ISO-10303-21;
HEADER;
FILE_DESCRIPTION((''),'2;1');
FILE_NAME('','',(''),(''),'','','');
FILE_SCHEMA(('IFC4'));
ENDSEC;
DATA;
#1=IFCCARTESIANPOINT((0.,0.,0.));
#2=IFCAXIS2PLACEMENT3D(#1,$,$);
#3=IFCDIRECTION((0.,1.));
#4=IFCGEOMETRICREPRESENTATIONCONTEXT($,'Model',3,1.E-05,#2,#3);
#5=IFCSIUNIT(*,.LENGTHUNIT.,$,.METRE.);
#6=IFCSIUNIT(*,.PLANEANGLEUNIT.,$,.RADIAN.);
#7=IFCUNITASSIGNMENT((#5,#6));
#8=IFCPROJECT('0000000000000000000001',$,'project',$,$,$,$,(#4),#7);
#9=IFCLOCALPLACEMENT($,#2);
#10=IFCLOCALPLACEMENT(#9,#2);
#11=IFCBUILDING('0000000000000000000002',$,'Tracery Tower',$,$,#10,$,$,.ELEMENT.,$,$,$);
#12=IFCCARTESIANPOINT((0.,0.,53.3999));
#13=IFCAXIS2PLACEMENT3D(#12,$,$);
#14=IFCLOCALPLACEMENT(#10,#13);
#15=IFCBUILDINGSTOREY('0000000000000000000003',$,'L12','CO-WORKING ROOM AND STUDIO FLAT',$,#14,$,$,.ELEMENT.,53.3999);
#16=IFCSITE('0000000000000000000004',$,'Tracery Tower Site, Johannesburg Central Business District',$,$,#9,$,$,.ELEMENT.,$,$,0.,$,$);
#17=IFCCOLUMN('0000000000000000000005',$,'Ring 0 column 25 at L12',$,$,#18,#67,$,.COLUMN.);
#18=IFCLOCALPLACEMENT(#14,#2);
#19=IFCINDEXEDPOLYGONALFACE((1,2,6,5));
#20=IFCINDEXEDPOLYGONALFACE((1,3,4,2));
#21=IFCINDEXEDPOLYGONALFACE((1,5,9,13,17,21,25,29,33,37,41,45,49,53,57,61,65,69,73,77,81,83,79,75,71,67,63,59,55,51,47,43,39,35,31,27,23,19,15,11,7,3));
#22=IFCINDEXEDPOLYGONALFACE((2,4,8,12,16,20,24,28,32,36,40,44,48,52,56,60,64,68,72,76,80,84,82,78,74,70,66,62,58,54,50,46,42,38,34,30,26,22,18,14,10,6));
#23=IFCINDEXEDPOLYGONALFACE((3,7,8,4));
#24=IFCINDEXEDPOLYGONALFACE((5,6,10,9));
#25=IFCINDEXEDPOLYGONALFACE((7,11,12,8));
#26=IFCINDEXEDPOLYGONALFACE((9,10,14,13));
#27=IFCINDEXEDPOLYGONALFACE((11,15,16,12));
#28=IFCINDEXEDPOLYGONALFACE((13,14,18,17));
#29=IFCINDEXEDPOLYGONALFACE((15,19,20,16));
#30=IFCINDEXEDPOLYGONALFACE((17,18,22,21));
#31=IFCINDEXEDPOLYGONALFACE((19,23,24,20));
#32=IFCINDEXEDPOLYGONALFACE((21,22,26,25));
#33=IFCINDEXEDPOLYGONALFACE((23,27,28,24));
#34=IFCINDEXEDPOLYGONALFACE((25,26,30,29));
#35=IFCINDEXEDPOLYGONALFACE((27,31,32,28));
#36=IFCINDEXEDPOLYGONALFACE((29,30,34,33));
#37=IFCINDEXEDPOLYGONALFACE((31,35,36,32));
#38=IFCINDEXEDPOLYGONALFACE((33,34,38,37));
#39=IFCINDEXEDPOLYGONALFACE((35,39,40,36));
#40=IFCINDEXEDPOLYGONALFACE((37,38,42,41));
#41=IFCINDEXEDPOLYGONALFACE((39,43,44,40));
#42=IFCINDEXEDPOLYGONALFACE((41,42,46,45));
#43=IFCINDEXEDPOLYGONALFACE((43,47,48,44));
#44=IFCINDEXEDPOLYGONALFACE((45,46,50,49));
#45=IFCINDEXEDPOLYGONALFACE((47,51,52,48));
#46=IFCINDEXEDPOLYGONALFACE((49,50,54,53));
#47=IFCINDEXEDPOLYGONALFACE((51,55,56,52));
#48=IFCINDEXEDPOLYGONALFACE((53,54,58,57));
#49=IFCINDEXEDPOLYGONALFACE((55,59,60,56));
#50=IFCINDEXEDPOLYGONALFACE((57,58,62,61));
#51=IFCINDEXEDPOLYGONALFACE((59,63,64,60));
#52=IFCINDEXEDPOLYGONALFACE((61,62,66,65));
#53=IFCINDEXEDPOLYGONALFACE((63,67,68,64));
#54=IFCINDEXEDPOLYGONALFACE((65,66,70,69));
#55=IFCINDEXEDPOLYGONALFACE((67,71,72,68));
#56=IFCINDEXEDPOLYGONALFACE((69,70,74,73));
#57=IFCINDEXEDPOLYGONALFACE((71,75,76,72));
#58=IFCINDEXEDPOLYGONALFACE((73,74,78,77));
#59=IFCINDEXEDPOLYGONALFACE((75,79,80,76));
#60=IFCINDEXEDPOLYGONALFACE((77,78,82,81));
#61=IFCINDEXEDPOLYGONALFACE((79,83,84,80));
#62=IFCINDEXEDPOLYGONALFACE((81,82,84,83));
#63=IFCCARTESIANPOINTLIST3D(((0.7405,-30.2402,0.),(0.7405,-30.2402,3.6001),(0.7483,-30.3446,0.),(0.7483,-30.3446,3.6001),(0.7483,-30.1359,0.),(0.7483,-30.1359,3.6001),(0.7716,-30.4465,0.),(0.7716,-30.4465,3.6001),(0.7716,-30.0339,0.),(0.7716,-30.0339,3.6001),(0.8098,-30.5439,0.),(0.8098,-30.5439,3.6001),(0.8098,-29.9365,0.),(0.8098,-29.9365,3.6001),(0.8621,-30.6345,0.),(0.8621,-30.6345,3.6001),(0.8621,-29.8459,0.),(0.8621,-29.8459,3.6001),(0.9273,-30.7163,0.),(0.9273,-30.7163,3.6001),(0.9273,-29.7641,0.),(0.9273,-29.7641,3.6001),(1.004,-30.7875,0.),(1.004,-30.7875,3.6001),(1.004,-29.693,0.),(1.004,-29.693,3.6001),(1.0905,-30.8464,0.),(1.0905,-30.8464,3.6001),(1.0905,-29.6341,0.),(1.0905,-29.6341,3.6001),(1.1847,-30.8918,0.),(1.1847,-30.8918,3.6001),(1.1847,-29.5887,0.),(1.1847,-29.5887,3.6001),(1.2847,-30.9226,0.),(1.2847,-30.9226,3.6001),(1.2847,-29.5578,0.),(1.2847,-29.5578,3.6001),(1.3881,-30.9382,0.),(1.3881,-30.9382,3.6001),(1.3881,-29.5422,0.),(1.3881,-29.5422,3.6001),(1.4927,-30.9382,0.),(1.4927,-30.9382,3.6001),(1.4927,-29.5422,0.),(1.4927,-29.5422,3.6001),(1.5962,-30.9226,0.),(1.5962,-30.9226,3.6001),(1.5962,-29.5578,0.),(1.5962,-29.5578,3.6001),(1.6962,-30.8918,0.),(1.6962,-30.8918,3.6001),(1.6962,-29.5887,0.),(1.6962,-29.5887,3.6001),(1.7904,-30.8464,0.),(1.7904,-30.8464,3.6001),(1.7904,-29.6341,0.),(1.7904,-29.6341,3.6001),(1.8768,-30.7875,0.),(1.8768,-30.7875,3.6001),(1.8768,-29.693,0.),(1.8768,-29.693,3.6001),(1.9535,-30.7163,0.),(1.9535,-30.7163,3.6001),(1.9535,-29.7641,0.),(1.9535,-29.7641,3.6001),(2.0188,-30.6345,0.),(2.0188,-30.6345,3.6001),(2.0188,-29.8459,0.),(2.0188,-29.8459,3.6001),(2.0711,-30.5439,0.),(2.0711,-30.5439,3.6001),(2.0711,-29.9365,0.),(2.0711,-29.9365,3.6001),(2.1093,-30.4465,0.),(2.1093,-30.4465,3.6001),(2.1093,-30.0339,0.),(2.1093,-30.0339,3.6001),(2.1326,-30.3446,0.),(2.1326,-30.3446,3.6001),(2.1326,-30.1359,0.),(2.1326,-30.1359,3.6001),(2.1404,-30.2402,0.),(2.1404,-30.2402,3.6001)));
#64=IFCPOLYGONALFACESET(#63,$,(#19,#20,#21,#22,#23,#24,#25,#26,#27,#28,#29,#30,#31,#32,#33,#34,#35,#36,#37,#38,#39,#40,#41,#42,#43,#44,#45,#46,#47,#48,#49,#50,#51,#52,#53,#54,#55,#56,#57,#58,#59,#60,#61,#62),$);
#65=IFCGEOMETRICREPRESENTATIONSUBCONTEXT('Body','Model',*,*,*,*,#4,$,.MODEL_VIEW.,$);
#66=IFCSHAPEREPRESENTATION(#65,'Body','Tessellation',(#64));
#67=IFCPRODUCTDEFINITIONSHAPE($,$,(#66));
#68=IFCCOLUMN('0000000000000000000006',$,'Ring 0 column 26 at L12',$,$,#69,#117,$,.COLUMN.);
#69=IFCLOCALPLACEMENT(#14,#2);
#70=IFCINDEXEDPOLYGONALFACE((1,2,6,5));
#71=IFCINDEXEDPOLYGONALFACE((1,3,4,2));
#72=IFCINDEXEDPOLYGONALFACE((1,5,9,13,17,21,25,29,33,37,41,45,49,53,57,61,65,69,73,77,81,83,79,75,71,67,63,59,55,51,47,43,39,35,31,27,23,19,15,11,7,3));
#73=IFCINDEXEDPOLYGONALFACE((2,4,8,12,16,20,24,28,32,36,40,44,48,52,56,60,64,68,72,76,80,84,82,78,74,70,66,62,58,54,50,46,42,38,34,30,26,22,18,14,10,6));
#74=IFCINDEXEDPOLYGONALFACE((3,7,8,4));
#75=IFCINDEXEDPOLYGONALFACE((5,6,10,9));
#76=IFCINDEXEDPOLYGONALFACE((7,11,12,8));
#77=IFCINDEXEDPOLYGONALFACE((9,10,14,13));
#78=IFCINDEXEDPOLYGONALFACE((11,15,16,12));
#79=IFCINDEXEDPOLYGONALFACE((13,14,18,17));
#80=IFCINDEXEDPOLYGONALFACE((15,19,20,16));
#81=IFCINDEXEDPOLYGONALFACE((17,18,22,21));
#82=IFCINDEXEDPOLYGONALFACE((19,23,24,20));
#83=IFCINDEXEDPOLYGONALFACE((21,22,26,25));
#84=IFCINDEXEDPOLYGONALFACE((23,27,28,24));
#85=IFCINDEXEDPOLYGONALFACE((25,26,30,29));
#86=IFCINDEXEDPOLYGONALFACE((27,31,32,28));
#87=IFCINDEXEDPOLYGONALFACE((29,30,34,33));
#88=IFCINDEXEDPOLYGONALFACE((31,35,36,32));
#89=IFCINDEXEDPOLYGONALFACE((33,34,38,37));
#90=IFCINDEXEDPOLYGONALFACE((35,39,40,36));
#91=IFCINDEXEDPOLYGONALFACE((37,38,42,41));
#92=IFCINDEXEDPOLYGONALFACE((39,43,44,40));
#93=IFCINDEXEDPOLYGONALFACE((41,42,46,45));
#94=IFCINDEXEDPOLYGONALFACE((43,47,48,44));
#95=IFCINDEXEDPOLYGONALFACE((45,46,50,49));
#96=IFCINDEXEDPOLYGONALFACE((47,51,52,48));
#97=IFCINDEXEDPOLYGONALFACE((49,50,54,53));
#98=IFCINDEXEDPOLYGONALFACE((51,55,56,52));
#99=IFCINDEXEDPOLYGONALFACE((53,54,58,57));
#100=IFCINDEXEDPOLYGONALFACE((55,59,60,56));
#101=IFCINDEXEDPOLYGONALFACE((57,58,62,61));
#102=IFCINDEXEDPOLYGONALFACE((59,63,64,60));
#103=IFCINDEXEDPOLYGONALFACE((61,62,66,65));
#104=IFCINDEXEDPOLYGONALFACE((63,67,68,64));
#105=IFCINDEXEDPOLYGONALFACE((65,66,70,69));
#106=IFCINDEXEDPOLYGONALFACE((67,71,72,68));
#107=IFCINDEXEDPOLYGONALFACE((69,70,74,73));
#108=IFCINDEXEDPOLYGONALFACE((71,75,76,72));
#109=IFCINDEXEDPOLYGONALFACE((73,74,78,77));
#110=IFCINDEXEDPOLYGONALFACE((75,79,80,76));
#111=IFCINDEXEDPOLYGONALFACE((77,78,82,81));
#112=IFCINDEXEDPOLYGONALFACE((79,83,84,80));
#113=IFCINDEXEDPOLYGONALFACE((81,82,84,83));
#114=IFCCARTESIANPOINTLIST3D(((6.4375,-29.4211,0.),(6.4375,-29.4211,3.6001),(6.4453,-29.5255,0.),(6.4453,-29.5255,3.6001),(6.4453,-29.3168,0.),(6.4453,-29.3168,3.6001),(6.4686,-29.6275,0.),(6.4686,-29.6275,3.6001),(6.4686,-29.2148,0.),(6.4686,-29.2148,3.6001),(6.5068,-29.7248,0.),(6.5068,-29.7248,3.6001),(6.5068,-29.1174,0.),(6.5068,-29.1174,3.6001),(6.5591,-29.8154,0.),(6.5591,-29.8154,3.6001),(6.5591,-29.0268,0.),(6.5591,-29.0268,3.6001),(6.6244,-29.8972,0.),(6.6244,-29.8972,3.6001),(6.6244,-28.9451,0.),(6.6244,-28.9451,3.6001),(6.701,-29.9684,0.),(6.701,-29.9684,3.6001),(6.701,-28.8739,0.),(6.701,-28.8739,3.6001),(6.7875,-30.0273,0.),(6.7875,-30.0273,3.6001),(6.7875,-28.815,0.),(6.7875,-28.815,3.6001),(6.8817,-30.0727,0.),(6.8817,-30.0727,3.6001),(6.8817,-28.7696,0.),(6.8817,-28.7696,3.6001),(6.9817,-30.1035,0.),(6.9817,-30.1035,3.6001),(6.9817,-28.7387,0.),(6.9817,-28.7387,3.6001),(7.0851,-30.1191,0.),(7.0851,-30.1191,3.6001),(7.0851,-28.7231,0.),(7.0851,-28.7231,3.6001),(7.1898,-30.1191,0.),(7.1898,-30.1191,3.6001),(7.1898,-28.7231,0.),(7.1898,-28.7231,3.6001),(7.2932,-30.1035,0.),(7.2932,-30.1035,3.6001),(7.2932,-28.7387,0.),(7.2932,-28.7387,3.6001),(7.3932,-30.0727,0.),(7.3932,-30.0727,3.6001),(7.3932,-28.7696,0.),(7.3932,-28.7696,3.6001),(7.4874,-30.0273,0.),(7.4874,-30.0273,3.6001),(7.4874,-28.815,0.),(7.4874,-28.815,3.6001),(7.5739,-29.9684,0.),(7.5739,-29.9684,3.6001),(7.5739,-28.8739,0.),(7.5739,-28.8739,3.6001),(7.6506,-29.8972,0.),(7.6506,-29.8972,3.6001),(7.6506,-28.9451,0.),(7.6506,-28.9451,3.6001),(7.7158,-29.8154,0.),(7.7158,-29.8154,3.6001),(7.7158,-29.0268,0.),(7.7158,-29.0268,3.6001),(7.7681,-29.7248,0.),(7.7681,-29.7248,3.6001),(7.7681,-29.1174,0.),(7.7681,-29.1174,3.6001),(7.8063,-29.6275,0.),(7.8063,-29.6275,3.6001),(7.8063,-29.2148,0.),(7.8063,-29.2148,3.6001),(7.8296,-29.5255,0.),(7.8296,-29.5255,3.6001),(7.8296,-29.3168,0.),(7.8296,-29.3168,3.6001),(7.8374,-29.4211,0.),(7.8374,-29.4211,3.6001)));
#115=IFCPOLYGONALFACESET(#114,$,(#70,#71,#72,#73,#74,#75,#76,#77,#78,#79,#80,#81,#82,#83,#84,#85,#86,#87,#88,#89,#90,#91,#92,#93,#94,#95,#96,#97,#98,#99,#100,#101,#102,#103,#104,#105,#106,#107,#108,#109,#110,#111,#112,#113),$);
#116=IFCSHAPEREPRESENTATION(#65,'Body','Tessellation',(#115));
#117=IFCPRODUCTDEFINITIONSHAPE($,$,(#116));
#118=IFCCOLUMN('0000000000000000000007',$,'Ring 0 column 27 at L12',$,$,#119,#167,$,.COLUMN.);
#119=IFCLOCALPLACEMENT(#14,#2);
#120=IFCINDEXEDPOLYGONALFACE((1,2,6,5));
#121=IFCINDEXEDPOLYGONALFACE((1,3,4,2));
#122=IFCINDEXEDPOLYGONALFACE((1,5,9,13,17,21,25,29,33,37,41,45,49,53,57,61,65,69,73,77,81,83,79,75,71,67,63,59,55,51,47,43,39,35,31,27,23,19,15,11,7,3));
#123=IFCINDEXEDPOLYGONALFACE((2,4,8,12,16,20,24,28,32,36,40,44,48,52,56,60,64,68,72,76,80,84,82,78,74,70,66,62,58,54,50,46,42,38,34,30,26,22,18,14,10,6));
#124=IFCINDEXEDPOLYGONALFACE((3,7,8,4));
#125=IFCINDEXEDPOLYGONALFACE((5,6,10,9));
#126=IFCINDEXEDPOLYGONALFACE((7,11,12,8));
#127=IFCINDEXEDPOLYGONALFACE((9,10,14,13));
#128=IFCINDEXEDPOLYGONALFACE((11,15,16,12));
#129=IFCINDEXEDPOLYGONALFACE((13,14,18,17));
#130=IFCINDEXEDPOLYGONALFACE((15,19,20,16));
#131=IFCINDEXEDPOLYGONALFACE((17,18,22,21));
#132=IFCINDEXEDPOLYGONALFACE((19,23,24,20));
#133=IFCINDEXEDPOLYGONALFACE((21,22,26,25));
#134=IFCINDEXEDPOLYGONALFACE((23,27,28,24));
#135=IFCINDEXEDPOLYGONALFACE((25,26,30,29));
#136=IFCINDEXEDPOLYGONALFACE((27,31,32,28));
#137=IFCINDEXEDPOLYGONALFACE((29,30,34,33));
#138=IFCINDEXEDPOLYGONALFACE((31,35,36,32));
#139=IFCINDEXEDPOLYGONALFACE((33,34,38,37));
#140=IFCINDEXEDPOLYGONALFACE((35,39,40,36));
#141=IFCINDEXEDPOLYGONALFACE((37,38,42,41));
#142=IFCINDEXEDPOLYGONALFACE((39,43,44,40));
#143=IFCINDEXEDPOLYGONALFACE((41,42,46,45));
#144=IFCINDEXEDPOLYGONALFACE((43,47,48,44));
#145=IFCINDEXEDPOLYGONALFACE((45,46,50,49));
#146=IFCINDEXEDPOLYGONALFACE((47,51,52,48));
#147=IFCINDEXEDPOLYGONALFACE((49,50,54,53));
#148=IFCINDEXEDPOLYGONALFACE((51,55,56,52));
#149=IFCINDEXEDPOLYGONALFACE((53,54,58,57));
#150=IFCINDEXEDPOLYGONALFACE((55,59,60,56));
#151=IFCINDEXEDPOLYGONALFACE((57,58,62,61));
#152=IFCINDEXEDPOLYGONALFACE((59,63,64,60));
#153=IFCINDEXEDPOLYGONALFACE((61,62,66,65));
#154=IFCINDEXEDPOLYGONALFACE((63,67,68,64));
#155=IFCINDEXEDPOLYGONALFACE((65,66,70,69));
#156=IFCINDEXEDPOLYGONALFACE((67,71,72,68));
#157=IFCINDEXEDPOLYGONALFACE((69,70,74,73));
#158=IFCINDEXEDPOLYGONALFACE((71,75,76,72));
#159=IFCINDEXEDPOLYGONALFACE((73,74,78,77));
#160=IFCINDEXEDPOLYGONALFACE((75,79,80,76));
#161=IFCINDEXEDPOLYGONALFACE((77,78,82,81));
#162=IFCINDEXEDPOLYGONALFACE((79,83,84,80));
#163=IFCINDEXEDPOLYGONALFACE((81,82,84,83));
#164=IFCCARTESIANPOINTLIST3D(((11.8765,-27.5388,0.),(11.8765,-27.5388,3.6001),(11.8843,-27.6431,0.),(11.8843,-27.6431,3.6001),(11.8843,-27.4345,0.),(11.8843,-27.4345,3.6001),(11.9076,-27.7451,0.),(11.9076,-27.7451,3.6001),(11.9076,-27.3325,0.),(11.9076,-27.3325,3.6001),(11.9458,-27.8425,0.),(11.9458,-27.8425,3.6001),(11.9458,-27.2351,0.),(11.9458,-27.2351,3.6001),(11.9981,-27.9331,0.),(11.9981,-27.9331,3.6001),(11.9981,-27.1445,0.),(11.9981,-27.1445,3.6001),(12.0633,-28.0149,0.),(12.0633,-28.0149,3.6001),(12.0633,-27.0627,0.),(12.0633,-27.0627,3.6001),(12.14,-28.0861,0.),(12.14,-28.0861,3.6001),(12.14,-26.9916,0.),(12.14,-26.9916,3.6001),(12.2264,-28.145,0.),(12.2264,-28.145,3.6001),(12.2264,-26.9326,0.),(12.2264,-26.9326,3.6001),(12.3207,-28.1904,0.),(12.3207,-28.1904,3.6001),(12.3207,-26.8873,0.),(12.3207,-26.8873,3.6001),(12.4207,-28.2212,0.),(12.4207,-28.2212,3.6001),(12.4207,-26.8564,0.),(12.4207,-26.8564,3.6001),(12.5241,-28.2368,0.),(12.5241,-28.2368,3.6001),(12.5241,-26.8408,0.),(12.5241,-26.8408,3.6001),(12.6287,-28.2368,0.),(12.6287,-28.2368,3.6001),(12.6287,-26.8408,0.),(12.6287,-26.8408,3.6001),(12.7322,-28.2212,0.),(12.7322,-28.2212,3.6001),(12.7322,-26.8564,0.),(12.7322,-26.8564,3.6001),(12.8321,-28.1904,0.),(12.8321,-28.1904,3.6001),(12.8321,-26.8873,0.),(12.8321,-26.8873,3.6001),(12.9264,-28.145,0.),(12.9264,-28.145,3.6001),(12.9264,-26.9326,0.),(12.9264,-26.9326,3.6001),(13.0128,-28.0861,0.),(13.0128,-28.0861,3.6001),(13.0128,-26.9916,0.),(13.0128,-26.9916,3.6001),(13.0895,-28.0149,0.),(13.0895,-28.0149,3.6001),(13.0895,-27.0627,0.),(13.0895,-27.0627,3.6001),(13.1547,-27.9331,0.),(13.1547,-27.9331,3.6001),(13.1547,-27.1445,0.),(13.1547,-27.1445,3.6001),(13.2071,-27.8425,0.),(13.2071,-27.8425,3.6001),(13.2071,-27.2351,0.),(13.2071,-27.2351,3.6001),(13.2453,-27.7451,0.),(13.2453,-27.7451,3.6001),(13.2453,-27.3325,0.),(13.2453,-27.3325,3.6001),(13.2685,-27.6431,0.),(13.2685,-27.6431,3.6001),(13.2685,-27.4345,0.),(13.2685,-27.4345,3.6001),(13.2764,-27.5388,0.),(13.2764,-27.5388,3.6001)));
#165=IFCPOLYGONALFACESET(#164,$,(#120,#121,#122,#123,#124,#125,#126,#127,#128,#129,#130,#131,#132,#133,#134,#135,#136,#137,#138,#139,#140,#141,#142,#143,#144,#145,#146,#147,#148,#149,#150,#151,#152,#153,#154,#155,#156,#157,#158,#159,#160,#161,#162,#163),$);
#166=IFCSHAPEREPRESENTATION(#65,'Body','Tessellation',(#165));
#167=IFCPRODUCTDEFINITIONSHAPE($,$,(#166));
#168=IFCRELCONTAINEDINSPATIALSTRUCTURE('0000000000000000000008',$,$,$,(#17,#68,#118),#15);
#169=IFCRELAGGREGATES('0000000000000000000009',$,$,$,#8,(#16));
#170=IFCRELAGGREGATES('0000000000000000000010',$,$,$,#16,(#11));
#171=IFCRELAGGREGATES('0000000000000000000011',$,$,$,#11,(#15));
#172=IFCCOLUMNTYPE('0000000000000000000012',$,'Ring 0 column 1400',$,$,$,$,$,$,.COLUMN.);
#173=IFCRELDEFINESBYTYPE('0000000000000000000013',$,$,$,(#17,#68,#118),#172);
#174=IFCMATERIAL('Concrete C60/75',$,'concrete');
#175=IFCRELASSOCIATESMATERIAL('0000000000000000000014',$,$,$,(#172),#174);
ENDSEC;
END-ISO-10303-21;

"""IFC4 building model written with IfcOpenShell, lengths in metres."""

from ifc_helpers import new_model, si_unit, direction, frame, origin, origin_2d, place, context, subcontext, project, spatial, circle, extrude, material, material_profile, profile_set, type_object, element, save


model = new_model("IFC4")

# Units and contexts
model_context = context("Model", 3, precision=1e-05, world=origin(), true_north=direction((0.0, 1.0)))
body_context = subcontext(model_context, "Body", "Model", "MODEL_VIEW")
ifc_project = project(units=[si_unit("LENGTHUNIT", "METRE"), si_unit("PLANEANGLEUNIT", "RADIAN")], contexts=[model_context])

# Site, building, storey
site_placement = place(None, origin())
site = spatial("IfcSite", under=ifc_project, at=site_placement, Name="Tracery Tower Site, Johannesburg Central Business District", CompositionType="ELEMENT", RefElevation=0.0)
building_placement = place(site_placement, origin())
building = spatial("IfcBuilding", under=site, at=building_placement, Name="Tracery Tower", CompositionType="ELEMENT")
storey_placement = place(building_placement, frame((0.0, 0.0, 53.3999)))
storey = spatial("IfcBuildingStorey", under=building, at=storey_placement, Name="L12", Description="CO-WORKING ROOM AND STUDIO FLAT", CompositionType="ELEMENT", Elevation=53.3999)

# Columns
ifc_material_1 = material(Name="Concrete C60/75", Category="concrete")
ifc_material_profile_1 = material_profile(ifc_material_1, circle(Radius=0.7, at=origin_2d()), Name="RC D1400")
ifc_profile_set_1 = profile_set([ifc_material_profile_1], Name="Concrete C60/75")
column_type_1 = type_object("IfcColumnType", Name="Ring 0 column 1400", PredefinedType="COLUMN", material=ifc_profile_set_1)
for number, where, z_axis, x_axis, name in (
    (1, (1.4404, -30.2402, 0.0), (0.0, 0.0, 1.0), (1.0, 0.0, 0.0), "Ring 0 column 25 at L12"),
    (2, (7.1375, -29.4211, 0.0), (0.0, 0.0, 1.0), (1.0, 0.0, 0.0), "Ring 0 column 26 at L12"),
    (3, (12.5764, -27.5388, 0.0), (0.0, 0.0, 1.0), (1.0, 0.0, 0.0), "Ring 0 column 27 at L12"),
):
    element("IfcColumn", number, at=place(storey_placement, frame(where, z_axis=z_axis, x_axis=x_axis)), inside=storey, type_object=column_type_1, Name=name, PredefinedType="COLUMN", context=body_context, shape_type="SweptSolid", body=[
        extrude(circle(Radius=0.7, at=origin_2d()), origin(), (0.0, 0.0, 1.0), 3.6001),
    ])

save(model, "model.ifc")
